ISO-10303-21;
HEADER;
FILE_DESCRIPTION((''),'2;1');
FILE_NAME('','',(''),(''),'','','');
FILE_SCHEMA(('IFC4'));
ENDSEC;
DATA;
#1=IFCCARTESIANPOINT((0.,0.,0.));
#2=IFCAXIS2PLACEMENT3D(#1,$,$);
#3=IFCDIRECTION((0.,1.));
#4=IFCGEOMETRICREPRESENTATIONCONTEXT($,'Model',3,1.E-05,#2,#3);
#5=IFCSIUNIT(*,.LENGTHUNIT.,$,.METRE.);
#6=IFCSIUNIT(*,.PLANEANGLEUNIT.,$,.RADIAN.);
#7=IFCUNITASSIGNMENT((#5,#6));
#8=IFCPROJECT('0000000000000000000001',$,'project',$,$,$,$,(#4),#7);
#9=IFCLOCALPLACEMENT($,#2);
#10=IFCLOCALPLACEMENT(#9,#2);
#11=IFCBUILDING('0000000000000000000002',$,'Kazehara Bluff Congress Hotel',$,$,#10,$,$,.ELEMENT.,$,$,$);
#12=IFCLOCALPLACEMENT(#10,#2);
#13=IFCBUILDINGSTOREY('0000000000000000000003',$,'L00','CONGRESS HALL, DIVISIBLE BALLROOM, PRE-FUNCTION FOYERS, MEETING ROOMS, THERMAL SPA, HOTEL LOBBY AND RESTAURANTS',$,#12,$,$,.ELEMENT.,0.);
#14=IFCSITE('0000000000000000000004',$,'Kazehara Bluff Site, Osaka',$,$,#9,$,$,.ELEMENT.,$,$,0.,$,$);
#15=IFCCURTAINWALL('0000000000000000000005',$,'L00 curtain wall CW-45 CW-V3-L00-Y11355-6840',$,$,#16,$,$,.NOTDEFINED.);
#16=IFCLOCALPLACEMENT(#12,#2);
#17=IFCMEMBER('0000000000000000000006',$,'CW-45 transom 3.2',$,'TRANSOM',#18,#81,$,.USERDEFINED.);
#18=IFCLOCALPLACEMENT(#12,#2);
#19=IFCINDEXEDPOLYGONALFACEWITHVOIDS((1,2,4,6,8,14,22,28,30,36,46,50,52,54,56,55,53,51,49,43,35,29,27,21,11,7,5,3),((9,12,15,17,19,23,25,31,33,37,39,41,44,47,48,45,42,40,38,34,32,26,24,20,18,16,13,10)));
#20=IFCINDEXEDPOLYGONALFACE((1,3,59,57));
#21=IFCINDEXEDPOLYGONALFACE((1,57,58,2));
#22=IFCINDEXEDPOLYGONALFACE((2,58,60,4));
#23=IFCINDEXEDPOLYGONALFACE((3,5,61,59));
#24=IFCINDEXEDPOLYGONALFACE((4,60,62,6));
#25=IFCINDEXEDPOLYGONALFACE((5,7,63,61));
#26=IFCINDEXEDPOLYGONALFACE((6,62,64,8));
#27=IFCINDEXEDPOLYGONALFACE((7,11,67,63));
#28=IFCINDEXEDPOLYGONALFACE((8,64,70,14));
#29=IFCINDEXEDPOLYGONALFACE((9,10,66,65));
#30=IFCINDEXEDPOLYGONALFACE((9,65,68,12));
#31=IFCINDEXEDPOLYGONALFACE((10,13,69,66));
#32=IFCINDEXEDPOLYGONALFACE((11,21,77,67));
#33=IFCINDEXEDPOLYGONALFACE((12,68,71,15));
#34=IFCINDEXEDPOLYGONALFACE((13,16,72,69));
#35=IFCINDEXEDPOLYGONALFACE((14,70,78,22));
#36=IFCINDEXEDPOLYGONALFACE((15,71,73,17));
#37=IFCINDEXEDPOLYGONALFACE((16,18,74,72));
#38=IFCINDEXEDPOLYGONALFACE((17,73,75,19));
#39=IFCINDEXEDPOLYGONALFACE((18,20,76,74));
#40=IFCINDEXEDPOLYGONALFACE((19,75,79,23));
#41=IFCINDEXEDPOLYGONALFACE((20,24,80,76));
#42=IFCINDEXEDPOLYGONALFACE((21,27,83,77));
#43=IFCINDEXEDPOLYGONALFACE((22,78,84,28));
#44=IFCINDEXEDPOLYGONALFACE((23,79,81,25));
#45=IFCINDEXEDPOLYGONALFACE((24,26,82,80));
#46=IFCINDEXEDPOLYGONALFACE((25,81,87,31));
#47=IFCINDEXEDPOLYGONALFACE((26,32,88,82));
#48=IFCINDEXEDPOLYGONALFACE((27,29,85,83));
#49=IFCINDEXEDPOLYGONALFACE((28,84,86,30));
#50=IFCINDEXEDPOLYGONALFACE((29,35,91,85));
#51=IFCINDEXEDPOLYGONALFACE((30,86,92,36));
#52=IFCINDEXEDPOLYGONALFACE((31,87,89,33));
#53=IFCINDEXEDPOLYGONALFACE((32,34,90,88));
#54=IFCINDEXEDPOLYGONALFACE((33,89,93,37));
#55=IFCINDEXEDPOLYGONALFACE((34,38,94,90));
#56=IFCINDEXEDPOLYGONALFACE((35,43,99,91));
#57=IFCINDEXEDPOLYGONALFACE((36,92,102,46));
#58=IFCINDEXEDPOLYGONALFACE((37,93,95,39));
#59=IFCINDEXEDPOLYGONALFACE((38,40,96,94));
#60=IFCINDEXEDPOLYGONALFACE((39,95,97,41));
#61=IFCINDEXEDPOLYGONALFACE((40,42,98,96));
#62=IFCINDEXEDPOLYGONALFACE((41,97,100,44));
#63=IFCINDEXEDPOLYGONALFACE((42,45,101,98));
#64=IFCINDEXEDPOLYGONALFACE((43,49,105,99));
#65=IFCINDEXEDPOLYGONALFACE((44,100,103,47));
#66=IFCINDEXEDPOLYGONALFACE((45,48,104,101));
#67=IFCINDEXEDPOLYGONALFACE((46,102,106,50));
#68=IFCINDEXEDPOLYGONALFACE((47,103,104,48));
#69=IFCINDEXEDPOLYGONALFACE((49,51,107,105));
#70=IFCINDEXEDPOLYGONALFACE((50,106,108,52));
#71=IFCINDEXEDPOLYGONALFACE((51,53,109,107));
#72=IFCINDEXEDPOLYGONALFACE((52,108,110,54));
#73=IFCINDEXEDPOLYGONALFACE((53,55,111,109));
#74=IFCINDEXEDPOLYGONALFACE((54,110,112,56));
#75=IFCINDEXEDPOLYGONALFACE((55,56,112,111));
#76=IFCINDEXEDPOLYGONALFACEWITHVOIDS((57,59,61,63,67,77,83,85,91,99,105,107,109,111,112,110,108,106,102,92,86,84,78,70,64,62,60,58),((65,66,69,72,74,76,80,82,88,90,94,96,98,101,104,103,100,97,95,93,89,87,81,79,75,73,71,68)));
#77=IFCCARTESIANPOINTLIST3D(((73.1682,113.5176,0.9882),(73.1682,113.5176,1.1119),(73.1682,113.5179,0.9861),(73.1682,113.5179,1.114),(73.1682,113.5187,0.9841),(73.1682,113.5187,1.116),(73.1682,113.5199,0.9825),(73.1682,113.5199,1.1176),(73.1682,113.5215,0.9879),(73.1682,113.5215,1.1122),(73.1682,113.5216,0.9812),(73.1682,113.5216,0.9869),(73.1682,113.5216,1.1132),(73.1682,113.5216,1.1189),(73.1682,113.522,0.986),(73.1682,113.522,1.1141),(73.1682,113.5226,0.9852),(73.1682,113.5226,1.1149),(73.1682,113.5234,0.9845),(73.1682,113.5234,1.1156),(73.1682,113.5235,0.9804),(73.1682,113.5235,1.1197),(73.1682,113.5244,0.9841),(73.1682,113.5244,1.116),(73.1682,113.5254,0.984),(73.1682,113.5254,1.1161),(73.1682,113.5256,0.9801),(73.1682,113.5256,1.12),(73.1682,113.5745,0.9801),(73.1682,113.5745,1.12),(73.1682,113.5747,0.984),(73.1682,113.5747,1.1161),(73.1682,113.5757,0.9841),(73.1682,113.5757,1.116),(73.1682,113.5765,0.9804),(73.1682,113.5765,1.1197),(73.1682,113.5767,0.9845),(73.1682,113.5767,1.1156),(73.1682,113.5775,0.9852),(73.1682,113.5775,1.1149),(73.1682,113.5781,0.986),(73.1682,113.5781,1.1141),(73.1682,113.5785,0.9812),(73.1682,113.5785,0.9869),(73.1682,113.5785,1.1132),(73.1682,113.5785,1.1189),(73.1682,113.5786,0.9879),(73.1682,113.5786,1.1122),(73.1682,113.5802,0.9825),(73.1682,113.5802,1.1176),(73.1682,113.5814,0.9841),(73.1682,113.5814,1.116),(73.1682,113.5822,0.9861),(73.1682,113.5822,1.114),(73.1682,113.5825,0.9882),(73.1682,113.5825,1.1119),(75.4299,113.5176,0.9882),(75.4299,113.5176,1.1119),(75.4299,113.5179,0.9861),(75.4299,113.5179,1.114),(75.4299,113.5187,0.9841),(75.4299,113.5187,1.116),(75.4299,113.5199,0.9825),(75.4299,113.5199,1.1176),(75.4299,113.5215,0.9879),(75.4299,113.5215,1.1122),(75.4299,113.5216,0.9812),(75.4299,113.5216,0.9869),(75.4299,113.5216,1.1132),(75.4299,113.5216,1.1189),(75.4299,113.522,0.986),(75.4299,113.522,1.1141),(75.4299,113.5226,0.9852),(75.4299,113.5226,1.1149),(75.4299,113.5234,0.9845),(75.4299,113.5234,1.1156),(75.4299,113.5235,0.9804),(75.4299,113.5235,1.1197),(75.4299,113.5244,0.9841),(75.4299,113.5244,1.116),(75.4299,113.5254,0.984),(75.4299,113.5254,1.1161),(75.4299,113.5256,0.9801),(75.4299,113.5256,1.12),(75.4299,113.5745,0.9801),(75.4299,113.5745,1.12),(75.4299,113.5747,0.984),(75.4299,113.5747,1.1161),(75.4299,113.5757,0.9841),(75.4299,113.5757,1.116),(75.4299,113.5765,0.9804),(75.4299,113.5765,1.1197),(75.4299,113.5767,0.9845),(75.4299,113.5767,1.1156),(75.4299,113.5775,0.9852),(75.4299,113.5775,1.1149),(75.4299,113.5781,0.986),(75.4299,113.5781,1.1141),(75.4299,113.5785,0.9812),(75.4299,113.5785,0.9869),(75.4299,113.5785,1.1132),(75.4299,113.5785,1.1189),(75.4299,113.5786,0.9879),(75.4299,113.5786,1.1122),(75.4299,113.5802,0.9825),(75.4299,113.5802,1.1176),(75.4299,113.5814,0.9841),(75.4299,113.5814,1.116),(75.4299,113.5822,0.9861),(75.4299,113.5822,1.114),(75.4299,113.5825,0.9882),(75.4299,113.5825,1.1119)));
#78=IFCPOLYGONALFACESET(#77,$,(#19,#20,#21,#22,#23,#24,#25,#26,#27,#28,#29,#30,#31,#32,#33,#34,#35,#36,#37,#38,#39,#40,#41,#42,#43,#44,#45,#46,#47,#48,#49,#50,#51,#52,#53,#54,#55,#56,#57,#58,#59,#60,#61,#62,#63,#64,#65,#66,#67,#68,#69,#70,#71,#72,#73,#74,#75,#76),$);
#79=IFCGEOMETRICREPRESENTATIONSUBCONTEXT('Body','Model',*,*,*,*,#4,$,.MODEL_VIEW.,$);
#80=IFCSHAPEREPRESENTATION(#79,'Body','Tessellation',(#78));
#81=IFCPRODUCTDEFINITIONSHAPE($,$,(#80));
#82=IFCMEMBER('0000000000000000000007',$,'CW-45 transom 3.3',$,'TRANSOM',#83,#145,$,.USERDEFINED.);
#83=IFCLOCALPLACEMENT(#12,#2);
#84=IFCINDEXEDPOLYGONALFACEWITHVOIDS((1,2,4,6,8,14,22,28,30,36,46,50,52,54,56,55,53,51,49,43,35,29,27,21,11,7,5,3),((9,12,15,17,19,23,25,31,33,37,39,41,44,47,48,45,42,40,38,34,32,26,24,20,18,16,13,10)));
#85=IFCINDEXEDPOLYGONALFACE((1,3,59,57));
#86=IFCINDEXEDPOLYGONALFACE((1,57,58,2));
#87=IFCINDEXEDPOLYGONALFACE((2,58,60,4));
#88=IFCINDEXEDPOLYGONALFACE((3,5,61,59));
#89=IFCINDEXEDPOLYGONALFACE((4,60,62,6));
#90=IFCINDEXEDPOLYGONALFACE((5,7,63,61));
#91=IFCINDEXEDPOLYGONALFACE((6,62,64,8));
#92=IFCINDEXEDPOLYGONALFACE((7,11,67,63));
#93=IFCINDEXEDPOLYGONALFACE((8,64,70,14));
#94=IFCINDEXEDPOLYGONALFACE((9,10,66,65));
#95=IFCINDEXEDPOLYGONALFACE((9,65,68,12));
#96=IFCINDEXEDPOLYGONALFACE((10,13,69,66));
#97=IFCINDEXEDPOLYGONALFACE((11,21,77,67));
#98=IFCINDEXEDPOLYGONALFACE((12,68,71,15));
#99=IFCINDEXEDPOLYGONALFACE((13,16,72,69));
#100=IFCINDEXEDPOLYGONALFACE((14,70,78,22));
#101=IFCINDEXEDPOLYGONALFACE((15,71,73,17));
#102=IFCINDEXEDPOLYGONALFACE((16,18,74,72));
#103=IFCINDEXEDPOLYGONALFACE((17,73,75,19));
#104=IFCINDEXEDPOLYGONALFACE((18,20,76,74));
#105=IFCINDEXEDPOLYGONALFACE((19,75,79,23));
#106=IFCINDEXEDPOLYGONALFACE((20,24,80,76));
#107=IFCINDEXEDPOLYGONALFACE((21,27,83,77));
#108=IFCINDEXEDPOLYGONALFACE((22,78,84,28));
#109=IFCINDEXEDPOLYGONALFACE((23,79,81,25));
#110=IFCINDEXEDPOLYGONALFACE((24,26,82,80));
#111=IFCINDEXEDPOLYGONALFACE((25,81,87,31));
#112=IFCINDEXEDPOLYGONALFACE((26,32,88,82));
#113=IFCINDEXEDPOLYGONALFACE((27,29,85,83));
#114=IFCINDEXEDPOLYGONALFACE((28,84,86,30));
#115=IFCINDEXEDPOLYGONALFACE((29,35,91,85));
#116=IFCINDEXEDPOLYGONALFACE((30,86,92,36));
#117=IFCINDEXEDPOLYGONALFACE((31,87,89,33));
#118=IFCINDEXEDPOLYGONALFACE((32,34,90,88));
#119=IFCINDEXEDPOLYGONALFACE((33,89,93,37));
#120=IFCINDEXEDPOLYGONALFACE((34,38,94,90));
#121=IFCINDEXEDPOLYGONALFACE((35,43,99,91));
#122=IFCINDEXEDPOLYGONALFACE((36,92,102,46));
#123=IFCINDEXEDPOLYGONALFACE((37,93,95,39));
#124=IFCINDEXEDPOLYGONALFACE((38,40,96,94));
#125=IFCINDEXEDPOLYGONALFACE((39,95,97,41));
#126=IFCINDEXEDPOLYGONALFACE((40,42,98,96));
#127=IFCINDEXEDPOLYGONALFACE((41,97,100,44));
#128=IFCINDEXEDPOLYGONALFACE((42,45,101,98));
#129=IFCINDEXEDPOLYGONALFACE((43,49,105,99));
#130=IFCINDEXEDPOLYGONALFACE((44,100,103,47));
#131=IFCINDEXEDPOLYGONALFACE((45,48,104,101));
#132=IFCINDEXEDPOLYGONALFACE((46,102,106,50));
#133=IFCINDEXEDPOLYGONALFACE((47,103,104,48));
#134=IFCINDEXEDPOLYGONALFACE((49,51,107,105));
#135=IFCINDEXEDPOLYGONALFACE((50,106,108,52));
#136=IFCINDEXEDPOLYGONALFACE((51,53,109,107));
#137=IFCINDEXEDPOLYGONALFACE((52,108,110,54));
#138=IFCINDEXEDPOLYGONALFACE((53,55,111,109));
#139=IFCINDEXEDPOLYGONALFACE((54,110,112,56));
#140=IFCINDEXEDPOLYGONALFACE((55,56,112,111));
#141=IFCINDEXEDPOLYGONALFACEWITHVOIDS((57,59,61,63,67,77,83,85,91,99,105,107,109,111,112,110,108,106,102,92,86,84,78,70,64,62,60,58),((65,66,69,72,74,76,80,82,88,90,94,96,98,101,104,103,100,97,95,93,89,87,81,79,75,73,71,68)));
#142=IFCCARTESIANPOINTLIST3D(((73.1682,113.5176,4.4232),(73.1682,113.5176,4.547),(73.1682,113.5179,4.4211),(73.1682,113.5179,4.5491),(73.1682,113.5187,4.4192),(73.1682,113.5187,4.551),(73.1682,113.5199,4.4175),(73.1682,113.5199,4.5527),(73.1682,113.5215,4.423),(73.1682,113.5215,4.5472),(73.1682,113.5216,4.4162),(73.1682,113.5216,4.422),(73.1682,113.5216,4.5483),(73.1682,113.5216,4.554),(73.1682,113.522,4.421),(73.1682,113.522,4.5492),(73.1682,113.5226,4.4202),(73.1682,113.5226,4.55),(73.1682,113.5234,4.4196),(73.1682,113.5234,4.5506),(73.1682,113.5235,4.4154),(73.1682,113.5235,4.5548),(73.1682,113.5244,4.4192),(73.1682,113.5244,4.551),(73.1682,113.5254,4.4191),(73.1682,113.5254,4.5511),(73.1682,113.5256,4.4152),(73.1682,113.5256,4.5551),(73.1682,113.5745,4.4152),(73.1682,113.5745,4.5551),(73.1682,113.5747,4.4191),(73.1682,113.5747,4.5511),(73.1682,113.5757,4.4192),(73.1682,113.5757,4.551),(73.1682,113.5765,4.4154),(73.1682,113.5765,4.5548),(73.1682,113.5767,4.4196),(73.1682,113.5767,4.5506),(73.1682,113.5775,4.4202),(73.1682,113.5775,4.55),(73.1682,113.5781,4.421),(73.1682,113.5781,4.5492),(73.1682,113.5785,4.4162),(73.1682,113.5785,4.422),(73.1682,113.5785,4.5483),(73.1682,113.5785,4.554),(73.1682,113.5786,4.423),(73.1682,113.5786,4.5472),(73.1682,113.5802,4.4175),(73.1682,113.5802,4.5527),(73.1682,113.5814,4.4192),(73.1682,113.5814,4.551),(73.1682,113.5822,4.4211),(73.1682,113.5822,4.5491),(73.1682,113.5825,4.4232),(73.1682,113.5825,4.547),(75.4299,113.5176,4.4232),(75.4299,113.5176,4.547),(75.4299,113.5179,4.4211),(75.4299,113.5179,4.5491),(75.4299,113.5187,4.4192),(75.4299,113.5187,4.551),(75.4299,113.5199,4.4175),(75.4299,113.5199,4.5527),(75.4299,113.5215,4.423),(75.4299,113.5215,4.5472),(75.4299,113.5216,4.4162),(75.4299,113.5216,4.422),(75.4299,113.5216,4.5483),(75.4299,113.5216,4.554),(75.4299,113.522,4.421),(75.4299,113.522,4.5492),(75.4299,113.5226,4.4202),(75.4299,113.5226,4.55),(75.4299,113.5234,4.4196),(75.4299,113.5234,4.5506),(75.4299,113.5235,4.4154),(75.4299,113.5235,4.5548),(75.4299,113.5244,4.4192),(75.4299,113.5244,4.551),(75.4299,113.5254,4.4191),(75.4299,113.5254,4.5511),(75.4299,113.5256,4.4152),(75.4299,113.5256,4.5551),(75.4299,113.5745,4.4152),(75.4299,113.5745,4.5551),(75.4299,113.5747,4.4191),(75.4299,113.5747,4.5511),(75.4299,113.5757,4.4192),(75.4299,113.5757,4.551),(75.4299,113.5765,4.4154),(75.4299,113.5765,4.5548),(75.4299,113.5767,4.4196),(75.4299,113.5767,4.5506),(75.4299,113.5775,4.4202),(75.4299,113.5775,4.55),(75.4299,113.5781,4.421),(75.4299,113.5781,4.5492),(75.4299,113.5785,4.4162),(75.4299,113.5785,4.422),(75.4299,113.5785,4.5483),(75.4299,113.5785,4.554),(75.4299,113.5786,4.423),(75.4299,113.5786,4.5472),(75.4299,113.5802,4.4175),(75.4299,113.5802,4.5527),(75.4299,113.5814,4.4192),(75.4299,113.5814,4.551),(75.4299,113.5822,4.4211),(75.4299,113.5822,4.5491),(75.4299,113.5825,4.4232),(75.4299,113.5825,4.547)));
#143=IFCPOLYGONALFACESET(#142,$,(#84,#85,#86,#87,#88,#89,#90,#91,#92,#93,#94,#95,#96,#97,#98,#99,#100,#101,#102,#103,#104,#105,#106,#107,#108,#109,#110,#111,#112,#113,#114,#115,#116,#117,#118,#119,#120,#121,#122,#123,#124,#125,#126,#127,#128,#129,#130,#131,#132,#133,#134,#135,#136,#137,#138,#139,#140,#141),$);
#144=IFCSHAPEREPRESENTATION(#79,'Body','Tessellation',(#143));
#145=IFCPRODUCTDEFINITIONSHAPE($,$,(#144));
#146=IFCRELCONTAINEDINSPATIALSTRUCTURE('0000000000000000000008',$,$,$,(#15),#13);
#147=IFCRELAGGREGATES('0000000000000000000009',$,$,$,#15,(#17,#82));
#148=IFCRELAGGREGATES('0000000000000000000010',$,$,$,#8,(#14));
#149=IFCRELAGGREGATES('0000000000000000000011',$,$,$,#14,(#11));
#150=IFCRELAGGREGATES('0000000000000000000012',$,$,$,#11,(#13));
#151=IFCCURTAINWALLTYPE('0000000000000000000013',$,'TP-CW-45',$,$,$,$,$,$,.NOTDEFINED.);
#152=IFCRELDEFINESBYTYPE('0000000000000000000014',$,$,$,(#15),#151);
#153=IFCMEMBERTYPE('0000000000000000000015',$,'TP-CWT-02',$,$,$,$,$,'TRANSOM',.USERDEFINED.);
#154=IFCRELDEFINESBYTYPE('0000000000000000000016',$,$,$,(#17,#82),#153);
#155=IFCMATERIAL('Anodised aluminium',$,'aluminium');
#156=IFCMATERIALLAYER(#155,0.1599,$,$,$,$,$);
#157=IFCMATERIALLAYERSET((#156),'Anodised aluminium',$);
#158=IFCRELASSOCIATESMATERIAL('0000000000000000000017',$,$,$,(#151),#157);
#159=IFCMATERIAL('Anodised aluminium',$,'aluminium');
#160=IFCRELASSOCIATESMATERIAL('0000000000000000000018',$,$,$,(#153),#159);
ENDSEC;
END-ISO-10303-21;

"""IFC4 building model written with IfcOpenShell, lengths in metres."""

from ifc_helpers import new_model, si_unit, direction, frame, origin, origin_2d, place, context, subcontext, project, spatial, hollow_rectangle, extrude, material, layer, layer_set, material_profile, profile_set, type_object, element, aggregate, save


model = new_model("IFC4")

# Units and contexts
model_context = context("Model", 3, precision=1e-05, world=origin(), true_north=direction((0.0, 1.0)))
body_context = subcontext(model_context, "Body", "Model", "MODEL_VIEW")
ifc_project = project(units=[si_unit("LENGTHUNIT", "METRE"), si_unit("PLANEANGLEUNIT", "RADIAN")], contexts=[model_context])

# Site, building, storey
site_placement = place(None, origin())
site = spatial("IfcSite", under=ifc_project, at=site_placement, Name="Kazehara Bluff Site, Osaka", CompositionType="ELEMENT", RefElevation=0.0)
building_placement = place(site_placement, origin())
building = spatial("IfcBuilding", under=site, at=building_placement, Name="Kazehara Bluff Congress Hotel", CompositionType="ELEMENT")
storey_placement = place(building_placement, origin())
storey = spatial("IfcBuildingStorey", under=building, at=storey_placement, Name="L00", Description="CONGRESS HALL, DIVISIBLE BALLROOM, PRE-FUNCTION FOYERS, MEETING ROOMS, THERMAL SPA, HOTEL LOBBY AND RESTAURANTS", CompositionType="ELEMENT", Elevation=0.0)

# Curtain wall, members
ifc_material_1 = material(Name="Anodised aluminium", Category="aluminium")
ifc_layer_1 = layer(ifc_material_1, 0.1599)
ifc_layer_set_1 = layer_set([ifc_layer_1], Name="Anodised aluminium")
curtain_wall_type = type_object("IfcCurtainWallType", Name="TP-CW-45", PredefinedType="NOTDEFINED", material=ifc_layer_set_1)
curtain_wall_placement = place(storey_placement, origin())
curtain_wall = element("IfcCurtainWall", 1, at=curtain_wall_placement, inside=storey, type_object=curtain_wall_type, Name="L00 curtain wall CW-45 CW-V3-L00-Y11355-6840", PredefinedType="NOTDEFINED")
ifc_material_2 = material(Name="Anodised aluminium", Category="aluminium")
ifc_material_profile_1 = material_profile(ifc_material_2, hollow_rectangle(XDim=0.0649, YDim=0.1399, WallThickness=0.0039, InnerFilletRadius=0.0039, OuterFilletRadius=0.0081, at=origin_2d()))
ifc_profile_set_1 = profile_set([ifc_material_profile_1], Name="Anodised aluminium")
member_type_1 = type_object("IfcMemberType", Name="TP-CWT-02", ElementType="TRANSOM", PredefinedType="USERDEFINED", material=ifc_profile_set_1)
member_1_placement = place(storey_placement, frame((73.1682, 113.55, 1.05), z_axis=(1.0, 0.0, 0.0), x_axis=(0.0, 1.0, 0.0)))
member_1 = element("IfcMember", 2, at=member_1_placement, type_object=member_type_1, Name="CW-45 transom 3.2", ObjectType="TRANSOM", PredefinedType="USERDEFINED", context=body_context, shape_type="SweptSolid", body=[
    extrude(hollow_rectangle(XDim=0.0649, YDim=0.1399, WallThickness=0.0039, InnerFilletRadius=0.0039, OuterFilletRadius=0.0081, at=origin_2d()), origin(), (0.0, 0.0, 1.0), 2.2617),
])
member_2_placement = place(storey_placement, frame((73.1682, 113.55, 4.4851), z_axis=(1.0, 0.0, 0.0), x_axis=(0.0, 1.0, 0.0)))
member_2 = element("IfcMember", 3, at=member_2_placement, type_object=member_type_1, Name="CW-45 transom 3.3", ObjectType="TRANSOM", PredefinedType="USERDEFINED", context=body_context, shape_type="SweptSolid", body=[
    extrude(hollow_rectangle(XDim=0.0649, YDim=0.1399, WallThickness=0.0039, InnerFilletRadius=0.0039, OuterFilletRadius=0.0081, at=origin_2d()), origin(), (0.0, 0.0, 1.0), 2.2617),
])

aggregate(curtain_wall, [member_1, member_2])

save(model, "model.ifc")
